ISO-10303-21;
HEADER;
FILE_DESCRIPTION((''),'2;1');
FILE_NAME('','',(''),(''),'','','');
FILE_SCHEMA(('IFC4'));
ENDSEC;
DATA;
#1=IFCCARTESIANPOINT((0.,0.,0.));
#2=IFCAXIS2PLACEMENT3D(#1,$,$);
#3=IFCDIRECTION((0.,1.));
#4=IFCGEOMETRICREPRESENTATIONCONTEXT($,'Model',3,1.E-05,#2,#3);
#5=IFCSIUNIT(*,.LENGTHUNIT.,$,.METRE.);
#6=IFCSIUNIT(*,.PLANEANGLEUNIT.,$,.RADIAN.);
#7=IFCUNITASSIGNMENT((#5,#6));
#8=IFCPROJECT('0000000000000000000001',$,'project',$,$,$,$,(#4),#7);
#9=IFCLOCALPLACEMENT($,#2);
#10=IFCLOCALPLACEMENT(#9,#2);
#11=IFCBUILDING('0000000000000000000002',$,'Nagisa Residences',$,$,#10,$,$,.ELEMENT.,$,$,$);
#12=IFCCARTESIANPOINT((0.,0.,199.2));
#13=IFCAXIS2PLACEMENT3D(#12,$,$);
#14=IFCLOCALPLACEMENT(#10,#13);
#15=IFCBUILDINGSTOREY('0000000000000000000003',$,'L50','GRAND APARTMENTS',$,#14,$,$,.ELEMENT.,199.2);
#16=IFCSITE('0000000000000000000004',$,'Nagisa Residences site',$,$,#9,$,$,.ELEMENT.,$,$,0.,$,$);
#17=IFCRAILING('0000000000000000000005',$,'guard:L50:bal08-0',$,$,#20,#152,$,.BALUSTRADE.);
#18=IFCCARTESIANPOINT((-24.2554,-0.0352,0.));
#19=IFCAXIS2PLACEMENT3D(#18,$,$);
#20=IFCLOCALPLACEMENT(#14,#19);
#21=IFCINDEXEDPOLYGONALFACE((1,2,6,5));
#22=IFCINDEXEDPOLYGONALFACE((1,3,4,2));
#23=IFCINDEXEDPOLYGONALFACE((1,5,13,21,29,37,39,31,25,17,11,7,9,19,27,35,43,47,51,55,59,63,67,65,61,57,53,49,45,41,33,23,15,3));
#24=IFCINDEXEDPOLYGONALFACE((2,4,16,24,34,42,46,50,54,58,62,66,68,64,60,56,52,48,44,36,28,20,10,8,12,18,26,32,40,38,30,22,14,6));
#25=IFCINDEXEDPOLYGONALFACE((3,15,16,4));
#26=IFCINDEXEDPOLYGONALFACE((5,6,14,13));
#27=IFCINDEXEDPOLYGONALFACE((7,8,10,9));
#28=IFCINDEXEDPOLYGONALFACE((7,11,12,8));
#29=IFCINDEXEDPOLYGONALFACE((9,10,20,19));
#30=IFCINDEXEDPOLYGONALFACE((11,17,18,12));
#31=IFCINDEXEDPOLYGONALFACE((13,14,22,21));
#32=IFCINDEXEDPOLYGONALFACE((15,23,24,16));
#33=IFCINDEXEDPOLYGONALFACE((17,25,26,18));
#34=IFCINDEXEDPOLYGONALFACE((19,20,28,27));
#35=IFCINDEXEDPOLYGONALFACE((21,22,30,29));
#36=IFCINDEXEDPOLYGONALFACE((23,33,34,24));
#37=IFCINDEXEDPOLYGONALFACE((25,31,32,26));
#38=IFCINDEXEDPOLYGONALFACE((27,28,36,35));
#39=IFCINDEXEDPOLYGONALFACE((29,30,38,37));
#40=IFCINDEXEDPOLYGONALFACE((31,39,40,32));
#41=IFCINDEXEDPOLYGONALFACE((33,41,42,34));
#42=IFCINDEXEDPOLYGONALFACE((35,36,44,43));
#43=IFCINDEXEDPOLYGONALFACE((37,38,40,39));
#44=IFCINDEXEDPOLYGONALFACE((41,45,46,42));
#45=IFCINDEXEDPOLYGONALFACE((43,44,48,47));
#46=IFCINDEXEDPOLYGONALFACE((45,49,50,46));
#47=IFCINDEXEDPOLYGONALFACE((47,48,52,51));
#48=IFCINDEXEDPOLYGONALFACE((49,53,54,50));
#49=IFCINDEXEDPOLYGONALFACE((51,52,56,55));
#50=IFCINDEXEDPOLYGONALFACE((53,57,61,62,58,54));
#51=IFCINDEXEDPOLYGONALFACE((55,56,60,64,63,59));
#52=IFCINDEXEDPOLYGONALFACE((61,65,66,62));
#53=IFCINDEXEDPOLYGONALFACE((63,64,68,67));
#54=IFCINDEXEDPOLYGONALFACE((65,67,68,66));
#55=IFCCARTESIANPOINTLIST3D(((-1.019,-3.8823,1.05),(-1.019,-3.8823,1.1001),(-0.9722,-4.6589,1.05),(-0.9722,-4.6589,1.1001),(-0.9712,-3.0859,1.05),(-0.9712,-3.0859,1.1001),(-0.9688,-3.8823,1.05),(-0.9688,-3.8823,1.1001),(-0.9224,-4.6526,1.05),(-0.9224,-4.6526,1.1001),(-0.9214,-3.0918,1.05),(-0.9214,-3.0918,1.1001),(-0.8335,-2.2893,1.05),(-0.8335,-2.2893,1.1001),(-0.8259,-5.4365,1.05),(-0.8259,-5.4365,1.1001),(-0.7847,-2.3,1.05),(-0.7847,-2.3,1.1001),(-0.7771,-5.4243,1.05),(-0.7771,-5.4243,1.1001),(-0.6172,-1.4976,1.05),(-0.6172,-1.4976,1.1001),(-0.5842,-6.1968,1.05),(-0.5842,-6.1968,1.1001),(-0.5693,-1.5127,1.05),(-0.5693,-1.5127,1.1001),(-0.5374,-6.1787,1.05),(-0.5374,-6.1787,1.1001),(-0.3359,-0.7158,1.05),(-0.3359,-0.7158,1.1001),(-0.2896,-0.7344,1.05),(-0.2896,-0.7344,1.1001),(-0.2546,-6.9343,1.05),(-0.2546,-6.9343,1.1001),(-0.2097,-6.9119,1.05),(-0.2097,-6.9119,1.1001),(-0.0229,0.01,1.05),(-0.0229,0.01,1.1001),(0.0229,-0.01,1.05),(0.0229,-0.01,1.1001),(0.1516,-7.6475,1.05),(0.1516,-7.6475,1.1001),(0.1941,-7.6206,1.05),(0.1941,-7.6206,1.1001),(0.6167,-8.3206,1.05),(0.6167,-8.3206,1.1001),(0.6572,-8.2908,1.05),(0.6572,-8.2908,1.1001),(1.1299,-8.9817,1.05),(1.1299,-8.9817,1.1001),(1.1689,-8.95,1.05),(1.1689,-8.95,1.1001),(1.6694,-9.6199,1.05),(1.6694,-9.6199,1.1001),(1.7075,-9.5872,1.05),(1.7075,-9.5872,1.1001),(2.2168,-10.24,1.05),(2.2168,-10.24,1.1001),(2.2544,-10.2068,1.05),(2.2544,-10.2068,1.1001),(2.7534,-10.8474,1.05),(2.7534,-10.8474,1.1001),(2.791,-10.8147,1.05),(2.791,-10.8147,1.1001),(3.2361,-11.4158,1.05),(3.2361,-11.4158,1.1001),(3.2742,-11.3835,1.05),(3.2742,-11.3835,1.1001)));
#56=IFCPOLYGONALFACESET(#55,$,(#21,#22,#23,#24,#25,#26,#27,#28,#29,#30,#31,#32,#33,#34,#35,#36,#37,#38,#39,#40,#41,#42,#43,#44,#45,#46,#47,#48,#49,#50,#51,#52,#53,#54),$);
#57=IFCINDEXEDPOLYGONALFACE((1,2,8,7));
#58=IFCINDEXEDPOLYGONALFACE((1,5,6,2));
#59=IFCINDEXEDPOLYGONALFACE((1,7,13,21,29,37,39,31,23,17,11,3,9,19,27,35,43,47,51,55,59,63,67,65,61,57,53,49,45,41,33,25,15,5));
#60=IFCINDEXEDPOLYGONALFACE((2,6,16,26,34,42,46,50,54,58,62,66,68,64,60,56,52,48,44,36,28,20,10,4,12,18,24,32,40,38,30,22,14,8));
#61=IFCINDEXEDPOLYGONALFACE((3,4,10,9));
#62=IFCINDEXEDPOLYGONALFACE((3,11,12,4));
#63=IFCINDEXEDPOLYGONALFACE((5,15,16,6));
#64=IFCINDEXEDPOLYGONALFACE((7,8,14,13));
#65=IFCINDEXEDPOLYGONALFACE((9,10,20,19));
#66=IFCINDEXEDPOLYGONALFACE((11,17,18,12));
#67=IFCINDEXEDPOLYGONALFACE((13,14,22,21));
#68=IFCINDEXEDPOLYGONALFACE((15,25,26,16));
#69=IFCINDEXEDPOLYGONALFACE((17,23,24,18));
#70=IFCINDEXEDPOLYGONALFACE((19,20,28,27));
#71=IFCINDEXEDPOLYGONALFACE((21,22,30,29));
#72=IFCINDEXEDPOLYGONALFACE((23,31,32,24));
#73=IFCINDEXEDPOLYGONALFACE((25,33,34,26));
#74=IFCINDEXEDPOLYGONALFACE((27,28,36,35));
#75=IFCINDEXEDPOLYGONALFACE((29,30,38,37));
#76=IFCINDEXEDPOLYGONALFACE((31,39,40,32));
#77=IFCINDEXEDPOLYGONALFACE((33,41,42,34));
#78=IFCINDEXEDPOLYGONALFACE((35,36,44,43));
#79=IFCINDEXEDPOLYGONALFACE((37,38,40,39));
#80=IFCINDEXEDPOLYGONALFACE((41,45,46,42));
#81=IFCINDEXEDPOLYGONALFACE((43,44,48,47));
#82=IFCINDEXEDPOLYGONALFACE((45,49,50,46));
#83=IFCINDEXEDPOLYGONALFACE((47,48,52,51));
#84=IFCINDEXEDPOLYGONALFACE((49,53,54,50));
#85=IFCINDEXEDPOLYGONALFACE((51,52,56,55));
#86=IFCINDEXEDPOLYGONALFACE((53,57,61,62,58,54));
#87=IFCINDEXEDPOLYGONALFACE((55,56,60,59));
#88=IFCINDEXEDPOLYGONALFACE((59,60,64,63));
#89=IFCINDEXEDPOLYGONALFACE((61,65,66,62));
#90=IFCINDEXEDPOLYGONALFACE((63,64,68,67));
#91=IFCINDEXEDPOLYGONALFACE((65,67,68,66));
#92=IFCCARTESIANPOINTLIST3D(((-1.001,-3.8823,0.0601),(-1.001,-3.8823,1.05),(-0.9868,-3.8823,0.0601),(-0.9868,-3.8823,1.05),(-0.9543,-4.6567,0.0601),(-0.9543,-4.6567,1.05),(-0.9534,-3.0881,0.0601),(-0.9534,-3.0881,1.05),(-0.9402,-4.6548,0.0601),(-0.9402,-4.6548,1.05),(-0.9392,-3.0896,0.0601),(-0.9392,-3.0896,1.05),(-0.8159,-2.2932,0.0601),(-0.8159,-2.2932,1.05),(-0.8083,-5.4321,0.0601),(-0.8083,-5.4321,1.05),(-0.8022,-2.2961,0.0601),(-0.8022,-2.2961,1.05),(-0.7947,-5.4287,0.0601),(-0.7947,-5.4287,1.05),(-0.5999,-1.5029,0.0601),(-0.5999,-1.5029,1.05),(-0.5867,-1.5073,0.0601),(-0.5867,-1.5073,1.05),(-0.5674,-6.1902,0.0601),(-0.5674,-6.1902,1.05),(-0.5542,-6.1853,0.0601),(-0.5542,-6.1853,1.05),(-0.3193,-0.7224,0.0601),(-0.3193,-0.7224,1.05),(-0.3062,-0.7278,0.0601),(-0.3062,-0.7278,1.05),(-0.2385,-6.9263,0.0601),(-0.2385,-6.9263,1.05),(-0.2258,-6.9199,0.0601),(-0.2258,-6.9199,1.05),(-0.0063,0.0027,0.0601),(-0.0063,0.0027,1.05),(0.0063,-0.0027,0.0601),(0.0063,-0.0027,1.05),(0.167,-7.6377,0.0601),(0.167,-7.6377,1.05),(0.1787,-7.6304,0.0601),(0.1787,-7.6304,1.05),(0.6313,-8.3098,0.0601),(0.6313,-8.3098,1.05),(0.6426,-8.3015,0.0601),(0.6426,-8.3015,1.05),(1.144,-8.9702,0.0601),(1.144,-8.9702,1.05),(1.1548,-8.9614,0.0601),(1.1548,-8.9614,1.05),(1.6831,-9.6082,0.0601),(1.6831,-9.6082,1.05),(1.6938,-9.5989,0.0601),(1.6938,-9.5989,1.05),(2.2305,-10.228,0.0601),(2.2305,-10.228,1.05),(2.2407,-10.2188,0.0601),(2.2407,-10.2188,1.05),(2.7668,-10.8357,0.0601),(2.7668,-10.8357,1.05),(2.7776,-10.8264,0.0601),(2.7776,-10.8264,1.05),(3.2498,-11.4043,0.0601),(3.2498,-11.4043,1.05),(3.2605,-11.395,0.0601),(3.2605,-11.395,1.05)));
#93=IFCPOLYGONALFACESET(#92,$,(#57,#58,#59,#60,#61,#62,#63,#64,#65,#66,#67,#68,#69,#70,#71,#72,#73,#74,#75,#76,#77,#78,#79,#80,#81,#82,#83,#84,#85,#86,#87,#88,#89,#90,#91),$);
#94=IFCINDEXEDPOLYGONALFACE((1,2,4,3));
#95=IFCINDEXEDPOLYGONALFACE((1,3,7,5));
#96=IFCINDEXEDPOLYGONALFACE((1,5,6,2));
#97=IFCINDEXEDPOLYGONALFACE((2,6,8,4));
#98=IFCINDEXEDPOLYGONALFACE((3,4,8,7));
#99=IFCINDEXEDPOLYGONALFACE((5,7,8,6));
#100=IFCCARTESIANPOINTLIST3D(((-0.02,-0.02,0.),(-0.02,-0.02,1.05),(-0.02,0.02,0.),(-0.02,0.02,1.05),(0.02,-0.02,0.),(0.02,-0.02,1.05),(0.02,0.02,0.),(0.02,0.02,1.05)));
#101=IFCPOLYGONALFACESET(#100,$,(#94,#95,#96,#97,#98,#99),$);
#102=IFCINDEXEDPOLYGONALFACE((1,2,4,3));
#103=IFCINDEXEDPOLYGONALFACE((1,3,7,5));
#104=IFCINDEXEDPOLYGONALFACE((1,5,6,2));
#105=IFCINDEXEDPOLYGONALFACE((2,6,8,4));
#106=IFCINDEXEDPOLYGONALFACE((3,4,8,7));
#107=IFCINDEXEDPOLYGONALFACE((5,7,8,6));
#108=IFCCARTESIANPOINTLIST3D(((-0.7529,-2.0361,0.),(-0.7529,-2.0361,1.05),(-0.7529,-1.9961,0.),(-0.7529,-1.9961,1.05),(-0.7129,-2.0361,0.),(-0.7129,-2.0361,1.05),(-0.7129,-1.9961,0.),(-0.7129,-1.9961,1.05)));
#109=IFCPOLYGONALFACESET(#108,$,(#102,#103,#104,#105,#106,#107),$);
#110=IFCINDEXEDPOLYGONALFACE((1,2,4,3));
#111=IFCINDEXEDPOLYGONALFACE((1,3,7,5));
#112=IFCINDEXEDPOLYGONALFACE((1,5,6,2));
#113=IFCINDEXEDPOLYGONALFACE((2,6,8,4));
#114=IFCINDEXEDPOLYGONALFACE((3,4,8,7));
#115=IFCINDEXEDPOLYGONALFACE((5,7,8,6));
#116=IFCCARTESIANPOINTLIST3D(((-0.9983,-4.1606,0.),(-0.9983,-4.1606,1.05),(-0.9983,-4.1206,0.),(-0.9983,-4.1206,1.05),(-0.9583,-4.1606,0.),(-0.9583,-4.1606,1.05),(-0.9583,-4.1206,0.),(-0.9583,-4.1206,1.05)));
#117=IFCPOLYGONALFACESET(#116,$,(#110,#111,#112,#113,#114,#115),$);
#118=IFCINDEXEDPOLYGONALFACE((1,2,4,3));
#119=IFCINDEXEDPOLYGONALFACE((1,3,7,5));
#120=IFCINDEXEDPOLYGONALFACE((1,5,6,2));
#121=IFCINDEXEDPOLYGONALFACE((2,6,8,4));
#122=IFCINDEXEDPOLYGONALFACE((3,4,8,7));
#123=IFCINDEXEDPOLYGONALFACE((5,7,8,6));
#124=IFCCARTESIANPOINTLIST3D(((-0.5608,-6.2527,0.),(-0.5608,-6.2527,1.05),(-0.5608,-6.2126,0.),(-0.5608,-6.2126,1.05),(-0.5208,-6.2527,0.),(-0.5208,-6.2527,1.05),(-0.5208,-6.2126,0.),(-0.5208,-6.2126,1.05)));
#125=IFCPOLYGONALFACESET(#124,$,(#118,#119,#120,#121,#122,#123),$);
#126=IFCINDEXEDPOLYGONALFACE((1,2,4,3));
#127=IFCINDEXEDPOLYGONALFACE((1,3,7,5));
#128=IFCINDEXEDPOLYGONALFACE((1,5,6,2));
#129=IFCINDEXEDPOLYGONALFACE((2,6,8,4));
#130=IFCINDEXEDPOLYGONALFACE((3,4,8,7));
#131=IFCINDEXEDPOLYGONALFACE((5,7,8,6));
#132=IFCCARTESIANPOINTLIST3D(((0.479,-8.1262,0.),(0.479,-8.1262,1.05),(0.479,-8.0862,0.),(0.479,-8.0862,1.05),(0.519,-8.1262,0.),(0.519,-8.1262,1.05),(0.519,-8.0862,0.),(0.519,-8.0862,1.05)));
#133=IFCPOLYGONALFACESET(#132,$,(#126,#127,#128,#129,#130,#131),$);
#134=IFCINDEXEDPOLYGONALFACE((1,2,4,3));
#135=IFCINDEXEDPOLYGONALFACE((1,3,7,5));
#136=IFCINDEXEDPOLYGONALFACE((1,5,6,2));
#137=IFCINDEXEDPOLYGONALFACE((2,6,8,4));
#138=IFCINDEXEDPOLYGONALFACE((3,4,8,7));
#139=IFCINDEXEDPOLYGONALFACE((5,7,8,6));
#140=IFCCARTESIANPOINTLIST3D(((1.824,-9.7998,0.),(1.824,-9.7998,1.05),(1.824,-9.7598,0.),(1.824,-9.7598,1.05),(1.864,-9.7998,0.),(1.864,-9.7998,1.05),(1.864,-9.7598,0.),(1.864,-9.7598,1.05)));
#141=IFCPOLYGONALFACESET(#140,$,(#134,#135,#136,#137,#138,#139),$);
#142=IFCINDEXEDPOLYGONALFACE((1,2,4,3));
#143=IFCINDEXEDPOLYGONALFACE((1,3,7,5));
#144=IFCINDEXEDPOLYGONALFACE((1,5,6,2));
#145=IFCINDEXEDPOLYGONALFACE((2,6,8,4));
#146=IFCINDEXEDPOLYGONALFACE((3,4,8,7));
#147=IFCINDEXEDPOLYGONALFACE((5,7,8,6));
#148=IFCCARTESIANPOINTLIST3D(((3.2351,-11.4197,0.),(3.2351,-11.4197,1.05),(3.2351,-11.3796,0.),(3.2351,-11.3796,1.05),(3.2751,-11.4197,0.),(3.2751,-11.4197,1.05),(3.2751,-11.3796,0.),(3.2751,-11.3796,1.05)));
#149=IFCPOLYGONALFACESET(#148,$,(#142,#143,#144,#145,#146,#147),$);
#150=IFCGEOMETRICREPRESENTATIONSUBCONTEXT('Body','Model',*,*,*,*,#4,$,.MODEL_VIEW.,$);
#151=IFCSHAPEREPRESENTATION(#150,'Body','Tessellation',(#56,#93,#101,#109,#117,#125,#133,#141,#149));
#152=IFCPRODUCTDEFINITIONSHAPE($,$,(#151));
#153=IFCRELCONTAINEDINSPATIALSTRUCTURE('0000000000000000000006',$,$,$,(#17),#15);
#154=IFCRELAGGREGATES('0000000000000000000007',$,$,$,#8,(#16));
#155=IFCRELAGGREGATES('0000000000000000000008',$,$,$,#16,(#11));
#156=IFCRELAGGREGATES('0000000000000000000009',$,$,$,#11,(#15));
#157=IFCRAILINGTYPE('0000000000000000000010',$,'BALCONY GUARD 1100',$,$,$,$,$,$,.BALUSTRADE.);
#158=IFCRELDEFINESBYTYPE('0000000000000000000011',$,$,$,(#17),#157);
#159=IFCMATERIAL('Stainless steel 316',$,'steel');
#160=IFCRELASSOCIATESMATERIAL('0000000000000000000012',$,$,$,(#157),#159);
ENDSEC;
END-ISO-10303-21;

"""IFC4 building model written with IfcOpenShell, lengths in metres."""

from ifc_helpers import new_model, si_unit, direction, frame, origin, origin_2d, place, context, subcontext, project, spatial, polyline, rectangle, outline, extrude, material, type_object, element, save


model = new_model("IFC4")

# Units and contexts
model_context = context("Model", 3, precision=1e-05, world=origin(), true_north=direction((0.0, 1.0)))
body_context = subcontext(model_context, "Body", "Model", "MODEL_VIEW")
ifc_project = project(units=[si_unit("LENGTHUNIT", "METRE"), si_unit("PLANEANGLEUNIT", "RADIAN")], contexts=[model_context])

# Site, building, storey
site_placement = place(None, origin())
site = spatial("IfcSite", under=ifc_project, at=site_placement, Name="Nagisa Residences site", CompositionType="ELEMENT", RefElevation=0.0)
building_placement = place(site_placement, origin())
building = spatial("IfcBuilding", under=site, at=building_placement, Name="Nagisa Residences", CompositionType="ELEMENT")
storey_placement = place(building_placement, frame((0.0, 0.0, 199.2)))
storey = spatial("IfcBuildingStorey", under=building, at=storey_placement, Name="L50", Description="GRAND APARTMENTS", CompositionType="ELEMENT", Elevation=199.2)

# Railing
ifc_material_1 = material(Name="Stainless steel 316", Category="steel")
railing_type = type_object("IfcRailingType", Name="BALCONY GUARD 1100", PredefinedType="BALUSTRADE", material=ifc_material_1)
railing_placement = place(storey_placement, frame((-24.2554, -0.0352, 0.0)))
element("IfcRailing", 1, at=railing_placement, inside=storey, type_object=railing_type, Name="guard:L50:bal08-0", PredefinedType="BALUSTRADE", context=body_context, shape_type="SweptSolid", body=[
    extrude(outline(polyline([(-0.2896, -0.7344), (0.0229, -0.01), (-0.0229, 0.01), (-0.3359, -0.7158), (-0.6172, -1.4976), (-0.8335, -2.2893), (-0.9712, -3.0859), (-1.019, -3.8823), (-0.9722, -4.6589), (-0.8259, -5.4365), (-0.5842, -6.1968), (-0.2546, -6.9343), (0.1516, -7.6475), (0.6167, -8.3206), (1.1299, -8.9817), (1.6694, -9.6199), (2.2168, -10.24), (2.7534, -10.8474), (3.2361, -11.4158), (3.2742, -11.3835), (2.791, -10.8147), (2.2544, -10.2068), (1.7075, -9.5872), (1.1689, -8.95), (0.6572, -8.2908), (0.1941, -7.6206), (-0.2097, -6.9119), (-0.5374, -6.1787), (-0.7771, -5.4243), (-0.9224, -4.6526), (-0.9688, -3.8823), (-0.9214, -3.0918), (-0.7847, -2.3), (-0.5693, -1.5127), (-0.2896, -0.7344)])), frame((0.0, 0.0, 1.05)), (0.0, 0.0, 1.0), 0.05),
    extrude(outline(polyline([(-0.3062, -0.7278), (0.0063, -0.0027), (-0.0063, 0.0027), (-0.3193, -0.7224), (-0.5999, -1.5029), (-0.8159, -2.2932), (-0.9534, -3.0881), (-1.001, -3.8823), (-0.9543, -4.6567), (-0.8083, -5.4321), (-0.5674, -6.1902), (-0.2385, -6.9263), (0.167, -7.6377), (0.6313, -8.3098), (1.144, -8.9702), (1.6831, -9.6082), (2.2305, -10.228), (2.7668, -10.8357), (3.2498, -11.4043), (3.2605, -11.395), (2.7776, -10.8264), (2.2407, -10.2188), (1.6938, -9.5989), (1.1548, -8.9614), (0.6426, -8.3015), (0.1787, -7.6304), (-0.2258, -6.9199), (-0.5542, -6.1853), (-0.7947, -5.4287), (-0.9402, -4.6548), (-0.9868, -3.8823), (-0.9392, -3.0896), (-0.8022, -2.2961), (-0.5867, -1.5073), (-0.3062, -0.7278)])), frame((0.0, 0.0, 0.0601)), (0.0, 0.0, 1.0), 0.99),
    extrude(rectangle(XDim=0.04, YDim=0.04, at=origin_2d()), origin(), (0.0, 0.0, 1.0), 1.05),
    extrude(rectangle(XDim=0.04, YDim=0.04, at=origin_2d()), frame((-0.7329, -2.0161, 0.0)), (0.0, 0.0, 1.0), 1.05),
    extrude(rectangle(XDim=0.04, YDim=0.04, at=origin_2d()), frame((-0.9783, -4.1406, 0.0)), (0.0, 0.0, 1.0), 1.05),
    extrude(rectangle(XDim=0.04, YDim=0.04, at=origin_2d()), frame((-0.5408, -6.2327, 0.0)), (0.0, 0.0, 1.0), 1.05),
    extrude(rectangle(XDim=0.04, YDim=0.04, at=origin_2d()), frame((0.499, -8.1062, 0.0)), (0.0, 0.0, 1.0), 1.05),
    extrude(rectangle(XDim=0.04, YDim=0.04, at=origin_2d()), frame((1.844, -9.7798, 0.0)), (0.0, 0.0, 1.0), 1.05),
    extrude(rectangle(XDim=0.04, YDim=0.04, at=origin_2d()), frame((3.2551, -11.3997, 0.0)), (0.0, 0.0, 1.0), 1.05),
])

save(model, "model.ifc")
